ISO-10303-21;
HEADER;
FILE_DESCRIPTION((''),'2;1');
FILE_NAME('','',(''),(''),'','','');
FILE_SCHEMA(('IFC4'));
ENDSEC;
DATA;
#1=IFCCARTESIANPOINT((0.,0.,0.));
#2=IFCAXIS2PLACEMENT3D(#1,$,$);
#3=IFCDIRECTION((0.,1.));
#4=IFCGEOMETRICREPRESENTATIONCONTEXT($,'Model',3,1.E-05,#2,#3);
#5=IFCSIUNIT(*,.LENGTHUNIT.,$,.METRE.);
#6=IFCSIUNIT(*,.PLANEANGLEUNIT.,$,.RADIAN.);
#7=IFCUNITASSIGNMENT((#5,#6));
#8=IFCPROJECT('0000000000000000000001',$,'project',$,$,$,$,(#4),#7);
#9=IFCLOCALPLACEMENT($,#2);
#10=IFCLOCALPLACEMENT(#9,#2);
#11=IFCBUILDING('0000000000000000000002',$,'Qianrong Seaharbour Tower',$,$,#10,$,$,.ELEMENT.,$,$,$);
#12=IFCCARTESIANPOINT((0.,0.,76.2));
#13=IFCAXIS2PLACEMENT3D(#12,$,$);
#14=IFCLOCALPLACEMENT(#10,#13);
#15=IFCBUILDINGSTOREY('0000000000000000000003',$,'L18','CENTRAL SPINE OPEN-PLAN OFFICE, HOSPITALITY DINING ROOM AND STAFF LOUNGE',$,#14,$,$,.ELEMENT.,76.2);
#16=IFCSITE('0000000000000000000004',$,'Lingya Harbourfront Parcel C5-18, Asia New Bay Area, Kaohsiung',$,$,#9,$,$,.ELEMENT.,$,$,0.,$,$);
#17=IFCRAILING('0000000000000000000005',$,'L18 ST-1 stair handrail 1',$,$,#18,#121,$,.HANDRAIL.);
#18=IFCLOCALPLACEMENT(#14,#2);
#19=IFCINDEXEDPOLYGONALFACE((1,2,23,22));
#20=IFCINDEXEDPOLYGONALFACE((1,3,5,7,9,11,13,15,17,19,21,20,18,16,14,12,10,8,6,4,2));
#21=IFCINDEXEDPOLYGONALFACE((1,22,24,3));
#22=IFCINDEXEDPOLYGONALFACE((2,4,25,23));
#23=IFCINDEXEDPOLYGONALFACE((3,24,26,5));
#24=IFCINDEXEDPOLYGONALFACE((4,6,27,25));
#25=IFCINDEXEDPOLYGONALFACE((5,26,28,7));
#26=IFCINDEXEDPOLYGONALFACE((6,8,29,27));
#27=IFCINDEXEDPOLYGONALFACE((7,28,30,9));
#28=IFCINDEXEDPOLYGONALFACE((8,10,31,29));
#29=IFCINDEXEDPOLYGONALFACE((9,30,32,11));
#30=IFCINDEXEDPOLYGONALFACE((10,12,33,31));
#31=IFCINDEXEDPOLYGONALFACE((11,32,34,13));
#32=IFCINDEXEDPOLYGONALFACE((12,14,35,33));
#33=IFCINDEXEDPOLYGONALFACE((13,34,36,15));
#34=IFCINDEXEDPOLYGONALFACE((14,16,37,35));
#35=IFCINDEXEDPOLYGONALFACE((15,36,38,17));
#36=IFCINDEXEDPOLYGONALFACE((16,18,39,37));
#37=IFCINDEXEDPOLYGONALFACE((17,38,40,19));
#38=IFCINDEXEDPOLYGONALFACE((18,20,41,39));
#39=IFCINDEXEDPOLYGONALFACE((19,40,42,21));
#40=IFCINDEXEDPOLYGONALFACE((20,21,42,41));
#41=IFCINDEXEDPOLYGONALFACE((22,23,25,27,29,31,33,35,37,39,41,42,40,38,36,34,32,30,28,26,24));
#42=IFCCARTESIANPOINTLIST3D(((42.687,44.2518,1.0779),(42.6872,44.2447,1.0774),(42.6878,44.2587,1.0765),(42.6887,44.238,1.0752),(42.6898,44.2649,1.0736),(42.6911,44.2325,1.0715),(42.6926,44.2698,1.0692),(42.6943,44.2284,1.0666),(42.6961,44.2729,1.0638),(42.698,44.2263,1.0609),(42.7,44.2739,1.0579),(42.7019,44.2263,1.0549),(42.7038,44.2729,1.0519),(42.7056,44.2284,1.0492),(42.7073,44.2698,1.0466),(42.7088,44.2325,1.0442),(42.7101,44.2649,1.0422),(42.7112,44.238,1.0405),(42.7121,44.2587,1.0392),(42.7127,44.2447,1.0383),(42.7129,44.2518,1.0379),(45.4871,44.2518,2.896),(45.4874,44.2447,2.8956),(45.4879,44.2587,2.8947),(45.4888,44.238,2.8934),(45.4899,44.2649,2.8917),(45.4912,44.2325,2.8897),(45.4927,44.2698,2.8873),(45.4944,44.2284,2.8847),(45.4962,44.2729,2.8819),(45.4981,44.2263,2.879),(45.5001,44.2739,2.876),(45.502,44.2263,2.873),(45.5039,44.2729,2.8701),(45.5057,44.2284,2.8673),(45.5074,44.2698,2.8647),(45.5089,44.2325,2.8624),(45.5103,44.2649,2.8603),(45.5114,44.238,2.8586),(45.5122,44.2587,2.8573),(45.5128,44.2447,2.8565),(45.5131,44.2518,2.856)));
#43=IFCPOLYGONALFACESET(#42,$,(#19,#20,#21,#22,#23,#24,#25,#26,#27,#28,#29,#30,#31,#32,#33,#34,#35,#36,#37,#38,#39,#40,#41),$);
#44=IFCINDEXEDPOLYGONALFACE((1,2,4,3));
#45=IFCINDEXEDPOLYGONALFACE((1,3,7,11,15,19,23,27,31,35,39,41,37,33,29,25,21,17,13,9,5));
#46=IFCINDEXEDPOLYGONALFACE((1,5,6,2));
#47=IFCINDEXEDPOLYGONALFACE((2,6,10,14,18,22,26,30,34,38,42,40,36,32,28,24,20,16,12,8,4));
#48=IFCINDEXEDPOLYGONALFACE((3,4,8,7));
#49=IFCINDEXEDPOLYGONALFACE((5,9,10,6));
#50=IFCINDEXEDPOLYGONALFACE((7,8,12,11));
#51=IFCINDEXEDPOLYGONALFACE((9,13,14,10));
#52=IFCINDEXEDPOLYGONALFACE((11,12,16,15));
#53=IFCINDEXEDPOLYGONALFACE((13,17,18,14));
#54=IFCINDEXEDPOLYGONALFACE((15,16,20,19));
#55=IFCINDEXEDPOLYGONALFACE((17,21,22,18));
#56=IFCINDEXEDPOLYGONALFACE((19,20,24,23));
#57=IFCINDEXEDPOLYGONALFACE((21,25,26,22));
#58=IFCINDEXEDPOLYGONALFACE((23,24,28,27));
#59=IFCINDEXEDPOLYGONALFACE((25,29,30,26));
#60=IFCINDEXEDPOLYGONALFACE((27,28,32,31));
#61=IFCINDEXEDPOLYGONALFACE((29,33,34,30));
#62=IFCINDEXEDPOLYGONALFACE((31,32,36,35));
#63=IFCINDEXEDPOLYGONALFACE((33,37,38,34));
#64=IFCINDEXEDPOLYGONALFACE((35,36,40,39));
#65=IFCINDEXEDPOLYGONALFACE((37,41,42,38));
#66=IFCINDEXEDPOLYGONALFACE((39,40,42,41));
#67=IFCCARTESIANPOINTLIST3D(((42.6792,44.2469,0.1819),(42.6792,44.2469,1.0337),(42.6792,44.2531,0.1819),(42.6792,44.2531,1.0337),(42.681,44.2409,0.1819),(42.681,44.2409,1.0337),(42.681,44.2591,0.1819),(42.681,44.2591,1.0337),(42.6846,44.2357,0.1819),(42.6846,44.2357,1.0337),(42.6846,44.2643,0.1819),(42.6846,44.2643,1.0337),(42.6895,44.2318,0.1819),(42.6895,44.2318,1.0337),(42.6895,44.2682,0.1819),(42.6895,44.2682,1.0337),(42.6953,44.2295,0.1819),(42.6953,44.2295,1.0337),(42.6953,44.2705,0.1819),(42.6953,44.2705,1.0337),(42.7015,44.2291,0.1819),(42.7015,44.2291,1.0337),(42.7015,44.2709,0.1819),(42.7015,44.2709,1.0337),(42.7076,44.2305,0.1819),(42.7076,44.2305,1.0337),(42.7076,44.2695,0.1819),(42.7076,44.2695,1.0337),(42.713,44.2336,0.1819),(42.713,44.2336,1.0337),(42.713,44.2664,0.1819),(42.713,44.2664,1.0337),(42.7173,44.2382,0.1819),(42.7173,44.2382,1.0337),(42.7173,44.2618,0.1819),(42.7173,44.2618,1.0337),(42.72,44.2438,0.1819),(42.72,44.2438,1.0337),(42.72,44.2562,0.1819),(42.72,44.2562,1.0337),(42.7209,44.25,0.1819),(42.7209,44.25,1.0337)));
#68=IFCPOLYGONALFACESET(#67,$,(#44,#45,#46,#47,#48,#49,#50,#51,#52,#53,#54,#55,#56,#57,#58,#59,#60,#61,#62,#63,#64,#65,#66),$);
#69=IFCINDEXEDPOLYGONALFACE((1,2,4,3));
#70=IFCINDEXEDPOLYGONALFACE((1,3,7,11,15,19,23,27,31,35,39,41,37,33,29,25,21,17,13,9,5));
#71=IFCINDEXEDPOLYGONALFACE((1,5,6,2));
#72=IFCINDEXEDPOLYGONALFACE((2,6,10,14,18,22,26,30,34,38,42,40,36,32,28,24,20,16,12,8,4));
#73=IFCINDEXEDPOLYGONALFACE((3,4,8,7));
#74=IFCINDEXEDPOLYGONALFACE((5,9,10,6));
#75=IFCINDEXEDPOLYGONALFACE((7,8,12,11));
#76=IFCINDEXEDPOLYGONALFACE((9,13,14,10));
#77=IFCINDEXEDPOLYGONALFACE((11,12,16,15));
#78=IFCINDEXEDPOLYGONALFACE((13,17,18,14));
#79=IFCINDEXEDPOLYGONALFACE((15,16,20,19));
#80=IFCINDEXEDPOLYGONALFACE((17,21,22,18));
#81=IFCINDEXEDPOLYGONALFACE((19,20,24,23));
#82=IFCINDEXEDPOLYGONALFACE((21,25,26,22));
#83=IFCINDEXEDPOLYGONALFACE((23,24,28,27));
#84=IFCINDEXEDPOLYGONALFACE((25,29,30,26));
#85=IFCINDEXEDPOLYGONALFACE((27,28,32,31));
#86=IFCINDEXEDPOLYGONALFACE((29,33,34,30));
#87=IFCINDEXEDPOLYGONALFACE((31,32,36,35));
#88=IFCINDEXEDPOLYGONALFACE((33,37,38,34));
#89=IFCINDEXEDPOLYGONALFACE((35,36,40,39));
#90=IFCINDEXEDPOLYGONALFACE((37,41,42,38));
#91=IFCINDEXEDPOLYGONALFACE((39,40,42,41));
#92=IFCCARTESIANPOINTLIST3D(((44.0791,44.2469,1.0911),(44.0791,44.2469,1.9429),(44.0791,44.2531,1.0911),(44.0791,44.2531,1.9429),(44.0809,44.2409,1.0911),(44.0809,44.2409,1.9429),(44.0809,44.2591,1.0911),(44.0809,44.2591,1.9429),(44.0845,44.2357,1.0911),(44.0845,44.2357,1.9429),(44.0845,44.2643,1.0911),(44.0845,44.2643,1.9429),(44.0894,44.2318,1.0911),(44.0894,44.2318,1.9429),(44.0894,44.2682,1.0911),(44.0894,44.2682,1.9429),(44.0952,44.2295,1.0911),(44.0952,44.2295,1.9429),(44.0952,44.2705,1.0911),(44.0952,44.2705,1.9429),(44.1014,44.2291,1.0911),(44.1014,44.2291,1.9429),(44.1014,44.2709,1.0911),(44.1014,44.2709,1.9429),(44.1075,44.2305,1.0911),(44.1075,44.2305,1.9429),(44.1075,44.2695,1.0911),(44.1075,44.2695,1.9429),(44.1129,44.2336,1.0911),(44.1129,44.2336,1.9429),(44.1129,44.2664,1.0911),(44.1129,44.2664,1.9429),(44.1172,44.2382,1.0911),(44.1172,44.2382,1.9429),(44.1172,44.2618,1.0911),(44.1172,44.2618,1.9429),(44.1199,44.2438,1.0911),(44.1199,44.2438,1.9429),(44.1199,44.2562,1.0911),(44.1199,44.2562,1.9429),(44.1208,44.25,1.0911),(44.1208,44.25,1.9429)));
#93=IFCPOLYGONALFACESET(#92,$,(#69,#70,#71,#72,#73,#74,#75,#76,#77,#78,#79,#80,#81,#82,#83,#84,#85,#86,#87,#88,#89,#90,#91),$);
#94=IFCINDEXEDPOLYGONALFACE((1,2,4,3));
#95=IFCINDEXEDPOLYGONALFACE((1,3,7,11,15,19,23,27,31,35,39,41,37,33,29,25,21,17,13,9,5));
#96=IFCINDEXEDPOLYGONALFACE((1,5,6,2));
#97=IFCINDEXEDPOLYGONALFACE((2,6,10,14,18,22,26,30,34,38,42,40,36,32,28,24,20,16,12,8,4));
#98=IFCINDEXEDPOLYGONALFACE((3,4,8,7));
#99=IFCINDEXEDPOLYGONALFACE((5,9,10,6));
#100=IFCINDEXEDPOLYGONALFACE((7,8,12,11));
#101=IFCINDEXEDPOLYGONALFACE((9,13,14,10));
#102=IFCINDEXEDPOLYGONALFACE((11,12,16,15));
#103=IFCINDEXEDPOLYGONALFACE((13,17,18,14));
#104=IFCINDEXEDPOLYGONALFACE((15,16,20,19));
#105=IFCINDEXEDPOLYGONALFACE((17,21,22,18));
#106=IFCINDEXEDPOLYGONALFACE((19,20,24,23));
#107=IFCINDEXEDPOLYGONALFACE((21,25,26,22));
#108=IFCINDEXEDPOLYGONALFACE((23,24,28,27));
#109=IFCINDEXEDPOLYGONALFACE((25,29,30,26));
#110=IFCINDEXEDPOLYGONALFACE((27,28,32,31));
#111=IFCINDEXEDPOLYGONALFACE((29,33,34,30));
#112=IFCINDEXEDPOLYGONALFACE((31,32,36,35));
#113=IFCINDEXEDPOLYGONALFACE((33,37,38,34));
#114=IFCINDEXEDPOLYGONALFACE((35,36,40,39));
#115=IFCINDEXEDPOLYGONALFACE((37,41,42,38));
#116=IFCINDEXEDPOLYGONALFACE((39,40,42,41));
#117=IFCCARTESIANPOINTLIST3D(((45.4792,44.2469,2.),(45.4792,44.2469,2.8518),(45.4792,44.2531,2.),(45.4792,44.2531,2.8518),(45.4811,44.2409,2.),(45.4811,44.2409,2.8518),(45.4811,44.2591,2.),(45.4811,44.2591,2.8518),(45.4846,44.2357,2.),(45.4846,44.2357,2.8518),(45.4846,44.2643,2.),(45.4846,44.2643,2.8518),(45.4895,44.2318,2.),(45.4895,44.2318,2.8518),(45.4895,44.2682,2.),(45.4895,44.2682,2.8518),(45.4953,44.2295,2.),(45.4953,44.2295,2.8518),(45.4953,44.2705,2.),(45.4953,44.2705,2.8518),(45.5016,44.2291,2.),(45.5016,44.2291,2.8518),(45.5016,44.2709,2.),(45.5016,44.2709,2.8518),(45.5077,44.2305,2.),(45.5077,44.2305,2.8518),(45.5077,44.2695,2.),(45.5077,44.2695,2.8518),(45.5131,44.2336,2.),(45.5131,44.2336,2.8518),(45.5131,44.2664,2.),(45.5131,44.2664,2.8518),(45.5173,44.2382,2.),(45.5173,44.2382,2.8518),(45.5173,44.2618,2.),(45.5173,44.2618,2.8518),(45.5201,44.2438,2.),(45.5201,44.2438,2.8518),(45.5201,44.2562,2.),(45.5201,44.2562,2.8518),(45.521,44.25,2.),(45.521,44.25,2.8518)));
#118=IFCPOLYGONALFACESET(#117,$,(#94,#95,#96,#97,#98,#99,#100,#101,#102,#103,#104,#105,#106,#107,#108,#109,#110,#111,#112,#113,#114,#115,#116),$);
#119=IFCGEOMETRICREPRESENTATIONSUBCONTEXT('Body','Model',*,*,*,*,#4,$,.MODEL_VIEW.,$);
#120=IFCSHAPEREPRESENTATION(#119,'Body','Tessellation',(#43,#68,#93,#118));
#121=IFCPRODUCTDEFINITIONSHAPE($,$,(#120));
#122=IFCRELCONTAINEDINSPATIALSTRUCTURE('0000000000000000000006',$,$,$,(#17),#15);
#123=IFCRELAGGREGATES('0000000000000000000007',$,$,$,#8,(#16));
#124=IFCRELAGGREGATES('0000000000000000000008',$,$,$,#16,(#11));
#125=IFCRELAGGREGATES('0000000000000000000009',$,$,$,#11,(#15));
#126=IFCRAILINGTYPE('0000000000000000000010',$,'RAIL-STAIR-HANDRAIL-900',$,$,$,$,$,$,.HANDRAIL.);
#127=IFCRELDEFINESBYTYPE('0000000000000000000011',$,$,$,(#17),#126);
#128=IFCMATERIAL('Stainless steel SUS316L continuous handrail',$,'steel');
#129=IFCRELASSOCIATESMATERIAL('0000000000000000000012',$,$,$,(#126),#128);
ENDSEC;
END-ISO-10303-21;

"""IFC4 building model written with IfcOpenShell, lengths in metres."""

from ifc_helpers import new_model, si_unit, direction, frame, origin, origin_2d, place, context, subcontext, project, spatial, circle, extrude, material, type_object, element, save


model = new_model("IFC4")

# Units and contexts
model_context = context("Model", 3, precision=1e-05, world=origin(), true_north=direction((0.0, 1.0)))
body_context = subcontext(model_context, "Body", "Model", "MODEL_VIEW")
ifc_project = project(units=[si_unit("LENGTHUNIT", "METRE"), si_unit("PLANEANGLEUNIT", "RADIAN")], contexts=[model_context])

# Site, building, storey
site_placement = place(None, origin())
site = spatial("IfcSite", under=ifc_project, at=site_placement, Name="Lingya Harbourfront Parcel C5-18, Asia New Bay Area, Kaohsiung", CompositionType="ELEMENT", RefElevation=0.0)
building_placement = place(site_placement, origin())
building = spatial("IfcBuilding", under=site, at=building_placement, Name="Qianrong Seaharbour Tower", CompositionType="ELEMENT")
storey_placement = place(building_placement, frame((0.0, 0.0, 76.2)))
storey = spatial("IfcBuildingStorey", under=building, at=storey_placement, Name="L18", Description="CENTRAL SPINE OPEN-PLAN OFFICE, HOSPITALITY DINING ROOM AND STAFF LOUNGE", CompositionType="ELEMENT", Elevation=76.2)

# Railing
ifc_material_1 = material(Name="Stainless steel SUS316L continuous handrail", Category="steel")
railing_type = type_object("IfcRailingType", Name="RAIL-STAIR-HANDRAIL-900", PredefinedType="HANDRAIL", material=ifc_material_1)
railing_placement = place(storey_placement, frame((42.7, 44.25, 0.1819)))
element("IfcRailing", 1, at=railing_placement, inside=storey, type_object=railing_type, Name="L18 ST-1 stair handrail 1", PredefinedType="HANDRAIL", context=body_context, shape_type="SweptSolid", body=[
    extrude(circle(Radius=0.0239, at=origin_2d()), frame((0.0, 0.0, 0.876), z_axis=(0.838706, 0.0, 0.544585), x_axis=(0.0, 1.0, 0.0)), (0.0, 0.0, 1.0), 3.3386),
    extrude(circle(Radius=0.021, at=origin_2d()), origin(), (0.0, 0.0, 1.0), 0.8518),
    extrude(circle(Radius=0.021, at=origin_2d()), frame((1.3999, 0.0, 0.9092)), (0.0, 0.0, 1.0), 0.8518),
    extrude(circle(Radius=0.021, at=origin_2d()), frame((2.8, 0.0, 1.8181)), (0.0, 0.0, 1.0), 0.8518),
])

save(model, "model.ifc")
